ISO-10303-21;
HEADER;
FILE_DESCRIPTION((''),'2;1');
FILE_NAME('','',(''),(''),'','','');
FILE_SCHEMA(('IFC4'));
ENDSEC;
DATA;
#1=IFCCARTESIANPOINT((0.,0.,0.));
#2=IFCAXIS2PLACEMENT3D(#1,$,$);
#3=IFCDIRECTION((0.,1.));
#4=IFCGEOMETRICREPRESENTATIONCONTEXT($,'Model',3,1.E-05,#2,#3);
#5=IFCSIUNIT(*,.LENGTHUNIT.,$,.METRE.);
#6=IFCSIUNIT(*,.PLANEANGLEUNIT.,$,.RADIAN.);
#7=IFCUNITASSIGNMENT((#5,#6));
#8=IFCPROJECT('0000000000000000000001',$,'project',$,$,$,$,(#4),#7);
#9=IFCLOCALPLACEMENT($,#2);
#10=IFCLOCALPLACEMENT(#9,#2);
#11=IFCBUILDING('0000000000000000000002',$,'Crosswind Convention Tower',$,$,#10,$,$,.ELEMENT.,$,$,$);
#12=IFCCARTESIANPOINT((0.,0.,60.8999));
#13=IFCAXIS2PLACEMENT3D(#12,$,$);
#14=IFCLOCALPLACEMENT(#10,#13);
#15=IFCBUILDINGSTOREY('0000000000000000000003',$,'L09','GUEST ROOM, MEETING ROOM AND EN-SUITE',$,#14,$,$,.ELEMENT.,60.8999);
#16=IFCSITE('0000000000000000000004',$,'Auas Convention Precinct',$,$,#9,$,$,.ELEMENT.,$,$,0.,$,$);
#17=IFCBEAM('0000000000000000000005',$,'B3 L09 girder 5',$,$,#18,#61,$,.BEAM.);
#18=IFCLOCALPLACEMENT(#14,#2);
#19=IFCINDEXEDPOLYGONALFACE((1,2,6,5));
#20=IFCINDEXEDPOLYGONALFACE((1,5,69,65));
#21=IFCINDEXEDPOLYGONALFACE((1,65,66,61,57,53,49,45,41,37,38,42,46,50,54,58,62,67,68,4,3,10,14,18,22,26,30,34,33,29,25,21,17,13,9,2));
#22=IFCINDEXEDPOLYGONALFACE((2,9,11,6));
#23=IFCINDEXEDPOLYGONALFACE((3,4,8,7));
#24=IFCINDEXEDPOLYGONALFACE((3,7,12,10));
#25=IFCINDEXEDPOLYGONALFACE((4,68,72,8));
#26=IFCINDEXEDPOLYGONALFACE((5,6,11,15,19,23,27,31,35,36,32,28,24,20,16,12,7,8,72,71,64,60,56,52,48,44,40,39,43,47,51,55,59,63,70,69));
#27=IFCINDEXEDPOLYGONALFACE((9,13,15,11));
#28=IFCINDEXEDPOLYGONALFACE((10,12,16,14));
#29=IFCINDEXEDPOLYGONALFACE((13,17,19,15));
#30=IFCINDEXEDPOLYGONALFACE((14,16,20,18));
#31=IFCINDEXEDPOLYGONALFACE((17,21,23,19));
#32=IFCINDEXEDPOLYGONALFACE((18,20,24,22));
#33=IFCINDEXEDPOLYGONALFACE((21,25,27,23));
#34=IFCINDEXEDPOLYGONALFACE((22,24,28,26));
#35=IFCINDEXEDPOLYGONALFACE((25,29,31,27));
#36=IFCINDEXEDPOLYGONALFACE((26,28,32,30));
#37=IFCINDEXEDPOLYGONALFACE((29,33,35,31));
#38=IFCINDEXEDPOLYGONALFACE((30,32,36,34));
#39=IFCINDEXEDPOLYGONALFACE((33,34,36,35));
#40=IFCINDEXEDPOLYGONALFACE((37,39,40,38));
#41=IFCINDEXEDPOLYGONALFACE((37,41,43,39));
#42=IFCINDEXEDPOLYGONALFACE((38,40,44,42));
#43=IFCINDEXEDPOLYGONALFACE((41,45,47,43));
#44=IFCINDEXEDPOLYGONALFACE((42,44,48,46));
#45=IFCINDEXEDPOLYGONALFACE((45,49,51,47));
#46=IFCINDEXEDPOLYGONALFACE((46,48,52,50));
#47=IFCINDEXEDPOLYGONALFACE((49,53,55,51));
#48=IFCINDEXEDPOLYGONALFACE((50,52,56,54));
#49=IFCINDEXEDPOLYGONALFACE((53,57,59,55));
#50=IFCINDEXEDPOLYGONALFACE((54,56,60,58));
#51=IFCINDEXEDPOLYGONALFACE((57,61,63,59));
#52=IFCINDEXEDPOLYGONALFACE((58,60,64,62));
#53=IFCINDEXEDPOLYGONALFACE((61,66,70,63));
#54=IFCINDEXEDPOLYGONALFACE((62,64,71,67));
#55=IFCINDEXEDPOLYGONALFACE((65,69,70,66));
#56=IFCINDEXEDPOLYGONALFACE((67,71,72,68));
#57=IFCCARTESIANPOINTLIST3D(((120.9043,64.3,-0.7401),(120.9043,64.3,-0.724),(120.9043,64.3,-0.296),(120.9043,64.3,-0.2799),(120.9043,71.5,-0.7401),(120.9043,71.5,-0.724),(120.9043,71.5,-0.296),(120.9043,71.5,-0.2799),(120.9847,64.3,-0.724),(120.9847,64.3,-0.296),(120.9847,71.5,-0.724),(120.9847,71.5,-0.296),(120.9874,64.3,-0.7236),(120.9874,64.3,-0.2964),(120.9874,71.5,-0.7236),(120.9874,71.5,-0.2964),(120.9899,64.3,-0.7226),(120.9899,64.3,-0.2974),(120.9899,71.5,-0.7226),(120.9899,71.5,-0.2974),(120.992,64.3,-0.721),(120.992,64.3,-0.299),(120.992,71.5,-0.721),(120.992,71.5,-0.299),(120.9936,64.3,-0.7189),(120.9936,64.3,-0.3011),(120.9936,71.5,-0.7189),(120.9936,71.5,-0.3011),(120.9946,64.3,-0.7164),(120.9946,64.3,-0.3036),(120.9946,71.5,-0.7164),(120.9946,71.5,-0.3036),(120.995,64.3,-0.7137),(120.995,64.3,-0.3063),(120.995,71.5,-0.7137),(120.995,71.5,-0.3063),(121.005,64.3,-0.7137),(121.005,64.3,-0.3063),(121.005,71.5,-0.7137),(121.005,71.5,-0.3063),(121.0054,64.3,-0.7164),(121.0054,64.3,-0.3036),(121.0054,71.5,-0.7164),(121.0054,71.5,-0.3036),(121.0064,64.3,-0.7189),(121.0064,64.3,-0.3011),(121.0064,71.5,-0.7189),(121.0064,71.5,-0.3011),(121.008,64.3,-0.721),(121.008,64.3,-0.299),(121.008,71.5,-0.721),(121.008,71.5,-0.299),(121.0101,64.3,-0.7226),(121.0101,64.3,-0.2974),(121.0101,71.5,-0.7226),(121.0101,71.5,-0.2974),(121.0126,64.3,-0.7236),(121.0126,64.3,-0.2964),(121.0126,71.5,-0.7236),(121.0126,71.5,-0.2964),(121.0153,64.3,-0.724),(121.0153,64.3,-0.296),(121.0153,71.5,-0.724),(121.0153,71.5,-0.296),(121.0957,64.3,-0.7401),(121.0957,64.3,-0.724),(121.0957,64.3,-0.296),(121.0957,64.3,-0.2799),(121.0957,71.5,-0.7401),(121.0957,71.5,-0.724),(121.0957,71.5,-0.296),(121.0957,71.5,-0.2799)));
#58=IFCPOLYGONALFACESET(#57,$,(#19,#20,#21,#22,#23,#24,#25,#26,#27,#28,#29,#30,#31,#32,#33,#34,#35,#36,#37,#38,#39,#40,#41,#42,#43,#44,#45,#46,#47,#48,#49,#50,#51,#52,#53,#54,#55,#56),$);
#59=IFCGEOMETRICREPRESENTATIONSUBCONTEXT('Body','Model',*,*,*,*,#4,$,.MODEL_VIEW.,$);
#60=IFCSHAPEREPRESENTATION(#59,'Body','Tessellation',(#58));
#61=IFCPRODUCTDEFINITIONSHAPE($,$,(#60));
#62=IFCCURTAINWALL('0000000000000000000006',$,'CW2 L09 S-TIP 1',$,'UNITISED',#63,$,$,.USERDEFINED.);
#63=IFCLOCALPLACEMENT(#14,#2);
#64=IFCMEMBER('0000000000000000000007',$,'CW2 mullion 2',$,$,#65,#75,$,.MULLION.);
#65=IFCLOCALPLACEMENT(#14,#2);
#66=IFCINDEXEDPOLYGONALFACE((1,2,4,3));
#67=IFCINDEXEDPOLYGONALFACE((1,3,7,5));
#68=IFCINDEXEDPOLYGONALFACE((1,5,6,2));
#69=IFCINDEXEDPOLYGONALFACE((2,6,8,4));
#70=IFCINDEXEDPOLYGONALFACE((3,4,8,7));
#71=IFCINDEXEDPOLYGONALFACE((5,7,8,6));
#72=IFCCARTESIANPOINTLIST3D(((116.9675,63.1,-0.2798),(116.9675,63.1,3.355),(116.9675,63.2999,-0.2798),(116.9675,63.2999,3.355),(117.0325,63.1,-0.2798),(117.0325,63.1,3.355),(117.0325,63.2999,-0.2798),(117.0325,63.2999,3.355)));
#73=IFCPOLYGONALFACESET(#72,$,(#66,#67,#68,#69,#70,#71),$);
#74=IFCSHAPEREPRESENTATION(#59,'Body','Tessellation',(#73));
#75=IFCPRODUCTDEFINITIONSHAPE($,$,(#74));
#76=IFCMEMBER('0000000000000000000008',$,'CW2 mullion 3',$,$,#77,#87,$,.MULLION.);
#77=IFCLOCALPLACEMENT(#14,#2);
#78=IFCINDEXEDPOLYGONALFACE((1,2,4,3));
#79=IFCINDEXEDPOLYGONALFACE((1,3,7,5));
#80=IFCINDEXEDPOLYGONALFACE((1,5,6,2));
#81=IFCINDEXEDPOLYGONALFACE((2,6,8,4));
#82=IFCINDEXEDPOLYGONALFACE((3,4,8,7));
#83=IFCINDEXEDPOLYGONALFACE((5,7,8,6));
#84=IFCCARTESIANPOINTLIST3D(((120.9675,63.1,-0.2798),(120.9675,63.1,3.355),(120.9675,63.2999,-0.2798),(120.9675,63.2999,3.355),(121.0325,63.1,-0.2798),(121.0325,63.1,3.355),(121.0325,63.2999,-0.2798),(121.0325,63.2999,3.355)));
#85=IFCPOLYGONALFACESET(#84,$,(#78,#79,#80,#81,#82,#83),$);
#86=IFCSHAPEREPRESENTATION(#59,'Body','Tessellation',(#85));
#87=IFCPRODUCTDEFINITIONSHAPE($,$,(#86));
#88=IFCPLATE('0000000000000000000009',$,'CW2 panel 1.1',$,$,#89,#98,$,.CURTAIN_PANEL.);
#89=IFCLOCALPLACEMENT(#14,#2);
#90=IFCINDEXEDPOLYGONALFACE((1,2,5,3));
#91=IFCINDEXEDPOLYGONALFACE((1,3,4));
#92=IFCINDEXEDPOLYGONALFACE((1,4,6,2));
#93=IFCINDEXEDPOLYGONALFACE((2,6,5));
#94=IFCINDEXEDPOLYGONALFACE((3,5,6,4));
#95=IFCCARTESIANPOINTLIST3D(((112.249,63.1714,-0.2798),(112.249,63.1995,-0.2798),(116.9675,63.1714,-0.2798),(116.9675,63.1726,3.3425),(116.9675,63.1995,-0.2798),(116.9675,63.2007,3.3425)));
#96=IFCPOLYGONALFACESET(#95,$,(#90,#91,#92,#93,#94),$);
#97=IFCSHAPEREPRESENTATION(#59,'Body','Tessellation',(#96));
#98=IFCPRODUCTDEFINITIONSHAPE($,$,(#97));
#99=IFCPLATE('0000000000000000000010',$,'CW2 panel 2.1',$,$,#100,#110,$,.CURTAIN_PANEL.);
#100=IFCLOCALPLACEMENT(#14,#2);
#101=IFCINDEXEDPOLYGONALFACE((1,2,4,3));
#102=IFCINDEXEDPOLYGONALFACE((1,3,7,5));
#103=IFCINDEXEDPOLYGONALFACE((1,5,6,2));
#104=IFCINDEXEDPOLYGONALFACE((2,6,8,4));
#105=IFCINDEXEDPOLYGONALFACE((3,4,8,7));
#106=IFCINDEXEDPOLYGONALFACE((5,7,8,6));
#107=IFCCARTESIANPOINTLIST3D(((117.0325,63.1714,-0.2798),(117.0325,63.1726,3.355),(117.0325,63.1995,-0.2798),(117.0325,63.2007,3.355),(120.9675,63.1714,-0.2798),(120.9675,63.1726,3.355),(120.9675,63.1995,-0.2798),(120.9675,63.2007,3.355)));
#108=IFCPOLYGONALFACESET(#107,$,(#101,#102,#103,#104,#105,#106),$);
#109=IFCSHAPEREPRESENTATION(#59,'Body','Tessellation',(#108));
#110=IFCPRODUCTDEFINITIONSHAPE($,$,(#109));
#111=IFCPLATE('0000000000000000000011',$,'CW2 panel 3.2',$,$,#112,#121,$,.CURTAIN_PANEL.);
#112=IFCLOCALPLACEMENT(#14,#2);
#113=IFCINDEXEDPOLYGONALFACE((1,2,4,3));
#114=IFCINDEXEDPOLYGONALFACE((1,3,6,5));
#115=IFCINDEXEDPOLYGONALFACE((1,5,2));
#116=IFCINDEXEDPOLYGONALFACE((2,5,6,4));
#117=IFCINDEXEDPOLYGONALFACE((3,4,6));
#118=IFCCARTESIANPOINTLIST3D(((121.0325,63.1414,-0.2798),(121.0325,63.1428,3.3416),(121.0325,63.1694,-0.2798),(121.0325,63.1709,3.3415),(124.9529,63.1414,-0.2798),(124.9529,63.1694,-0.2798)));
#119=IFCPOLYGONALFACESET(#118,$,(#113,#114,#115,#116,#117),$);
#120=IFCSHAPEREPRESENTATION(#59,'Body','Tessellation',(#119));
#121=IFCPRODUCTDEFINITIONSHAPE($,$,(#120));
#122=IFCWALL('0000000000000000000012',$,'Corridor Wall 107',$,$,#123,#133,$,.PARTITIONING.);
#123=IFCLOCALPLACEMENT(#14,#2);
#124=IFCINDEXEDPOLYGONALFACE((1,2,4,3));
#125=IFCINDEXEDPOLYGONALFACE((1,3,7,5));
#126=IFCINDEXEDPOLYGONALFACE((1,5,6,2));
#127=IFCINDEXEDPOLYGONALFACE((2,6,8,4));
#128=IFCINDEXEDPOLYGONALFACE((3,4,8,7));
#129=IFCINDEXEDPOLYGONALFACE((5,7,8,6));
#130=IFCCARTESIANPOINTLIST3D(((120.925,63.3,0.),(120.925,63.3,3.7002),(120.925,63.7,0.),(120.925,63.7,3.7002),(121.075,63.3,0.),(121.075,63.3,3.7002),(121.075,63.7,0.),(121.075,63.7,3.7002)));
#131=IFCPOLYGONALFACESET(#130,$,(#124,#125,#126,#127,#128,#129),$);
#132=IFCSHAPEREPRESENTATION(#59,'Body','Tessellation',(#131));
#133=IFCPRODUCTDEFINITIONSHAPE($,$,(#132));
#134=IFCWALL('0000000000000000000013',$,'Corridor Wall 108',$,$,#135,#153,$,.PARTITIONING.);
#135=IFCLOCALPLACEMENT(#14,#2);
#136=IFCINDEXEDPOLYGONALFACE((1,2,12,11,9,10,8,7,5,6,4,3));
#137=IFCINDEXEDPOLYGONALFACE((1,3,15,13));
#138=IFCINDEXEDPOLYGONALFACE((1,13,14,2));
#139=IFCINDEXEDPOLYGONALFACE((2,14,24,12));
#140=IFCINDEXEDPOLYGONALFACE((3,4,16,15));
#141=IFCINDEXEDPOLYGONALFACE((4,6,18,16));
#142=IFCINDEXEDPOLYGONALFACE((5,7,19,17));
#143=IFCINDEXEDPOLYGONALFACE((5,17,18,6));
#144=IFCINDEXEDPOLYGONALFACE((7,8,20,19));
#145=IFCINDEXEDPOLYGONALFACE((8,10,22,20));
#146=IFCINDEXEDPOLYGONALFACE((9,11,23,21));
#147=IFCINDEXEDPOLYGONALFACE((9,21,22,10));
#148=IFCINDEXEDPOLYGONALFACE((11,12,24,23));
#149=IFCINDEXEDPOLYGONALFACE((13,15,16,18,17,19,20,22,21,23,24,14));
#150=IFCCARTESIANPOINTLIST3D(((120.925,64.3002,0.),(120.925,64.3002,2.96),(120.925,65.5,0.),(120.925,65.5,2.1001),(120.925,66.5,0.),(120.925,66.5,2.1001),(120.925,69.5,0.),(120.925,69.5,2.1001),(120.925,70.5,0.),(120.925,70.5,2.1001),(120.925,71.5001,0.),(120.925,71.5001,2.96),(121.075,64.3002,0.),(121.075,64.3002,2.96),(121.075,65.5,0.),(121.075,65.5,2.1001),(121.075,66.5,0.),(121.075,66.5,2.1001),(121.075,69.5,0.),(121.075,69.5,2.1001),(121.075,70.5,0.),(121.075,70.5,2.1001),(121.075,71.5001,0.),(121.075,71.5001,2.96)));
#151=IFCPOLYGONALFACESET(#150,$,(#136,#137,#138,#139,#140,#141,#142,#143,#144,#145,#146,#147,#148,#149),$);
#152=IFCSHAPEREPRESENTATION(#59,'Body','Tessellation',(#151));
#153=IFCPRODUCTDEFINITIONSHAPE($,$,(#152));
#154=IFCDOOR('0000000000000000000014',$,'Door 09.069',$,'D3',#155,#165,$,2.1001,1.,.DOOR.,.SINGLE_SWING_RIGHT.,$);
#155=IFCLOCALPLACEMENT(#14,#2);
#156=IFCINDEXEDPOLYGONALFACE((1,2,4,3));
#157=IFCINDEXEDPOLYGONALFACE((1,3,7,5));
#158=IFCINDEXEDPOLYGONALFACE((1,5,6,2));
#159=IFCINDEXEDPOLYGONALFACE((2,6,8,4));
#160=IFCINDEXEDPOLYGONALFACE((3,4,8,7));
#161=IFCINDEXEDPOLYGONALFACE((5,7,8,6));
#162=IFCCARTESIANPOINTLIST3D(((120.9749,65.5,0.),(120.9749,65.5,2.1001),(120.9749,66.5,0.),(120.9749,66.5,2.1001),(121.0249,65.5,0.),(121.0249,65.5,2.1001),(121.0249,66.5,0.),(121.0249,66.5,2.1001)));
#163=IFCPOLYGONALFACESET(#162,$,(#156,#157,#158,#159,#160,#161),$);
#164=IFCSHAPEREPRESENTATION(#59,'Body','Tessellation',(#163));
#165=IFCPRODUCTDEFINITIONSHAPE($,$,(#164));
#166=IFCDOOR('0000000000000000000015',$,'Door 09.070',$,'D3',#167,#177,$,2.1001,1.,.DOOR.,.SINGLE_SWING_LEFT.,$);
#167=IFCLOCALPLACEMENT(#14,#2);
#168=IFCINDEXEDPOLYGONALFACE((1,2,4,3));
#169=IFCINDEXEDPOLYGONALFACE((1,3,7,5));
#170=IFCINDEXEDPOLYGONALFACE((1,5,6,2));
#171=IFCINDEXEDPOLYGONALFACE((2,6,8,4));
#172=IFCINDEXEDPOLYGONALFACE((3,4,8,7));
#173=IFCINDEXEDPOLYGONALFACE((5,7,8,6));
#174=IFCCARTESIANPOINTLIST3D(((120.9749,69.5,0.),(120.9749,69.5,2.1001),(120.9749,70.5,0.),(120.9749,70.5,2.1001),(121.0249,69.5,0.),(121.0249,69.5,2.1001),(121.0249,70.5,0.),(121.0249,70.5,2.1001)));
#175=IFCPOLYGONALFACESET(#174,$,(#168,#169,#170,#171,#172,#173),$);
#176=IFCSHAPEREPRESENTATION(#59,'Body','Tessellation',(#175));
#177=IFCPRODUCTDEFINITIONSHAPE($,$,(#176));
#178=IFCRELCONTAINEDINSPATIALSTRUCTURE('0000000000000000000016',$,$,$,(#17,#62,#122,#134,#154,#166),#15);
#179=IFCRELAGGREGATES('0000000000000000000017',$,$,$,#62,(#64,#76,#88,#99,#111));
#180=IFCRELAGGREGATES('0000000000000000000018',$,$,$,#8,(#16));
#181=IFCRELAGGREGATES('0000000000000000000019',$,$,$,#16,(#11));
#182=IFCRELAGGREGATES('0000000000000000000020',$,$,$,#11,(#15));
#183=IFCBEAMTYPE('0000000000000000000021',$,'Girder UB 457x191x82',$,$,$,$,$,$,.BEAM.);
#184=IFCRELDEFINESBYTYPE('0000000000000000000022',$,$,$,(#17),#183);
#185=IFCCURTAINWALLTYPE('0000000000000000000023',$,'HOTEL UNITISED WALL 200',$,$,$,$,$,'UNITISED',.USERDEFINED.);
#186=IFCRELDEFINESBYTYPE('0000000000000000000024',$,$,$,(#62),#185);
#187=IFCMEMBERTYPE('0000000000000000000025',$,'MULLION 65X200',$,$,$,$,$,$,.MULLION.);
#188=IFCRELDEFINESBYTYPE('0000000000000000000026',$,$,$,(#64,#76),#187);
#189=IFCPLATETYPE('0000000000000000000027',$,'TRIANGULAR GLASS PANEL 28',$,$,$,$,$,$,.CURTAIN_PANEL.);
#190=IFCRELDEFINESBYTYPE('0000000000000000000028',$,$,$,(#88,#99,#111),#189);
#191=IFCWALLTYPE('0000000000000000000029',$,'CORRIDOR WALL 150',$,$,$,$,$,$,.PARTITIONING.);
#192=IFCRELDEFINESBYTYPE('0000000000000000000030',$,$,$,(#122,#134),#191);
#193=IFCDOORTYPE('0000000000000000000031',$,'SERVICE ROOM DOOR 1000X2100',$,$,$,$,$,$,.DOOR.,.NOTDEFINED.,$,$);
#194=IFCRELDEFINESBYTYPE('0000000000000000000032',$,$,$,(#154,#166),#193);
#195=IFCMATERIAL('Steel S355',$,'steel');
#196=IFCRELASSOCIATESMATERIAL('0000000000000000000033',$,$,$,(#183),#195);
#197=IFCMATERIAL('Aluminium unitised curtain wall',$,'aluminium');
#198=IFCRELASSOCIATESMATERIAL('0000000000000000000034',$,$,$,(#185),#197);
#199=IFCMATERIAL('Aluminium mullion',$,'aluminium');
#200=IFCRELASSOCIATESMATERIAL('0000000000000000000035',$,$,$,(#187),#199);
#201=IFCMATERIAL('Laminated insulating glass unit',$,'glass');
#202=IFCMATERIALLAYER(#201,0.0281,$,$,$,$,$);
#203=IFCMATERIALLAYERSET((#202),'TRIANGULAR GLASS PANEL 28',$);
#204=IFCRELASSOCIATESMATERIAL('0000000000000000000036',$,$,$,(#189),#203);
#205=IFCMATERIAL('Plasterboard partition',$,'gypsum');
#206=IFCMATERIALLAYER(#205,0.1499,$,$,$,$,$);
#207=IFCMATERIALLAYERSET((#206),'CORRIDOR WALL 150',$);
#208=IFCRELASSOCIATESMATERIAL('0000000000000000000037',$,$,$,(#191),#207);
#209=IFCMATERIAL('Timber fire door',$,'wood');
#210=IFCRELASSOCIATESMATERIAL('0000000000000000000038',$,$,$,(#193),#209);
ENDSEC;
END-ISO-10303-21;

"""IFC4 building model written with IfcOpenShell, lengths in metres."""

from ifc_helpers import new_model, si_unit, direction, frame, frame_2d, origin, origin_2d, place, context, subcontext, project, spatial, polyline, rectangle, i_section, outline, extrude, material, layer, layer_set, material_profile, profile_set, type_object, element, fill, aggregate, save


model = new_model("IFC4")

# Units and contexts
model_context = context("Model", 3, precision=1e-05, world=origin(), true_north=direction((0.0, 1.0)))
body_context = subcontext(model_context, "Body", "Model", "MODEL_VIEW")
ifc_project = project(units=[si_unit("LENGTHUNIT", "METRE"), si_unit("PLANEANGLEUNIT", "RADIAN")], contexts=[model_context])

# Site, building, storey
site_placement = place(None, origin())
site = spatial("IfcSite", under=ifc_project, at=site_placement, Name="Auas Convention Precinct", CompositionType="ELEMENT", RefElevation=0.0)
building_placement = place(site_placement, origin())
building = spatial("IfcBuilding", under=site, at=building_placement, Name="Crosswind Convention Tower", CompositionType="ELEMENT")
storey_placement = place(building_placement, frame((0.0, 0.0, 60.8999)))
storey = spatial("IfcBuildingStorey", under=building, at=storey_placement, Name="L09", Description="GUEST ROOM, MEETING ROOM AND EN-SUITE", CompositionType="ELEMENT", Elevation=60.8999)

# Beam
ifc_material_1 = material(Name="Steel S355", Category="steel")
ifc_material_profile_1 = material_profile(ifc_material_1, i_section(OverallWidth=0.1914, OverallDepth=0.4602, WebThickness=0.01, FlangeThickness=0.0161, FilletRadius=0.0103, at=origin_2d()), Name="UB 457x191x82")
ifc_profile_set_1 = profile_set([ifc_material_profile_1], Name="Steel S355")
beam_type_1 = type_object("IfcBeamType", Name="Girder UB 457x191x82", PredefinedType="BEAM", material=ifc_profile_set_1)
beam_1_placement = place(storey_placement, frame((121.0, 64.3, -0.51), z_axis=(0.0, 1.0, 0.0), x_axis=(-1.0, 0.0, 0.0)))
element("IfcBeam", 1, at=beam_1_placement, inside=storey, type_object=beam_type_1, Name="B3 L09 girder 5", PredefinedType="BEAM", context=body_context, shape_type="SweptSolid", body=[
    extrude(i_section(OverallWidth=0.1914, OverallDepth=0.4602, WebThickness=0.01, FlangeThickness=0.0161, FilletRadius=0.0103, at=origin_2d()), origin(), (0.0, 0.0, 1.0), 7.2),
])

# Curtain wall, members, plates
ifc_material_2 = material(Name="Aluminium unitised curtain wall", Category="aluminium")
curtain_wall_type = type_object("IfcCurtainWallType", Name="HOTEL UNITISED WALL 200", ElementType="UNITISED", PredefinedType="USERDEFINED", material=ifc_material_2)
curtain_wall_placement = place(storey_placement, origin())
curtain_wall = element("IfcCurtainWall", 2, at=curtain_wall_placement, inside=storey, type_object=curtain_wall_type, Name="CW2 L09 S-TIP 1", ObjectType="UNITISED", PredefinedType="USERDEFINED")
ifc_material_3 = material(Name="Aluminium mullion", Category="aluminium")
ifc_material_profile_2 = material_profile(ifc_material_3, rectangle(XDim=0.2, YDim=0.0649, at=origin_2d()), Name="AL 200X65")
ifc_profile_set_2 = profile_set([ifc_material_profile_2], Name="Aluminium mullion")
member_type = type_object("IfcMemberType", Name="MULLION 65X200", PredefinedType="MULLION", material=ifc_profile_set_2)
member_1_placement = place(storey_placement, frame((117.0, 63.2, -0.2798), z_axis=(0.0, 0.0, 1.0), x_axis=(0.0, -1.0, 0.0)))
member_1 = element("IfcMember", 3, at=member_1_placement, type_object=member_type, Name="CW2 mullion 2", PredefinedType="MULLION", context=body_context, shape_type="SweptSolid", body=[
    extrude(rectangle(XDim=0.2, YDim=0.0649, at=origin_2d()), origin(), (0.0, 0.0, 1.0), 3.6348),
])
member_2_placement = place(storey_placement, frame((121.0, 63.2, -0.2798), z_axis=(0.0, 0.0, 1.0), x_axis=(0.0, -1.0, 0.0)))
member_2 = element("IfcMember", 4, at=member_2_placement, type_object=member_type, Name="CW2 mullion 3", PredefinedType="MULLION", context=body_context, shape_type="SweptSolid", body=[
    extrude(rectangle(XDim=0.2, YDim=0.0649, at=origin_2d()), origin(), (0.0, 0.0, 1.0), 3.6348),
])
ifc_material_4 = material(Name="Laminated insulating glass unit", Category="glass")
ifc_layer_1 = layer(ifc_material_4, 0.0281)
ifc_layer_set_1 = layer_set([ifc_layer_1], Name="TRIANGULAR GLASS PANEL 28")
plate_type = type_object("IfcPlateType", Name="TRIANGULAR GLASS PANEL 28", PredefinedType="CURTAIN_PANEL", material=ifc_layer_set_1)
plate_1_placement = place(storey_placement, frame((116.9675, 63.1714, -0.2798), z_axis=(0.0, -1.0, 0.000337), x_axis=(0.0, 0.000337, 1.0)))
plate_1 = element("IfcPlate", 5, at=plate_1_placement, type_object=plate_type, Name="CW2 panel 1.1", PredefinedType="CURTAIN_PANEL", context=body_context, shape_type="SweptSolid", body=[
    extrude(outline(polyline([(0.0, 0.0), (3.6223, 0.0), (0.0, 4.7185), (0.0, 0.0)])), origin(), (0.0, 0.0, -1.0), 0.0281),
])
plate_2_placement = place(storey_placement, frame((117.0325, 63.1714, -0.2798), z_axis=(0.0, -1.0, 0.000336), x_axis=(1.0, 0.0, 0.0)))
plate_2 = element("IfcPlate", 6, at=plate_2_placement, type_object=plate_type, Name="CW2 panel 2.1", PredefinedType="CURTAIN_PANEL", context=body_context, shape_type="SweptSolid", body=[
    extrude(outline(polyline([(0.0, 0.0), (3.9351, 0.0), (3.9351, 3.6348), (0.0, 3.6348), (0.0, 0.0)])), origin(), (0.0, 0.0, -1.0), 0.0281),
])
plate_3_placement = place(storey_placement, frame((121.0325, 63.1414, -0.2798), z_axis=(0.0, -1.0, 0.000405), x_axis=(1.0, 0.0, 0.0)))
plate_3 = element("IfcPlate", 7, at=plate_3_placement, type_object=plate_type, Name="CW2 panel 3.2", PredefinedType="CURTAIN_PANEL", context=body_context, shape_type="SweptSolid", body=[
    extrude(outline(polyline([(0.0, 0.0), (3.9204, 0.0), (0.0, 3.6213), (0.0, 0.0)])), origin(), (0.0, 0.0, -1.0), 0.0281),
])
aggregate(curtain_wall, [member_1, member_2, plate_1, plate_2, plate_3])

# Wall
ifc_material_5 = material(Name="Plasterboard partition", Category="gypsum")
ifc_layer_2 = layer(ifc_material_5, 0.1499)
ifc_layer_set_2 = layer_set([ifc_layer_2], Name="CORRIDOR WALL 150")
wall_type_1 = type_object("IfcWallType", Name="CORRIDOR WALL 150", PredefinedType="PARTITIONING", material=ifc_layer_set_2)
wall_1_placement = place(storey_placement, frame((121.0, 63.3, 0.0), z_axis=(0.0, 0.0, 1.0), x_axis=(0.0, 1.0, 0.0)))
element("IfcWall", 8, at=wall_1_placement, inside=storey, type_object=wall_type_1, Name="Corridor Wall 107", PredefinedType="PARTITIONING", context=body_context, shape_type="SweptSolid", body=[
    extrude(rectangle(XDim=0.3999, YDim=0.1499, at=frame_2d((0.2, 0.0))), origin(), (0.0, 0.0, 1.0), 3.7002),
])

# Wall, openings, doors
wall_2_placement = place(storey_placement, frame((121.0, 64.3, 0.0), z_axis=(0.0, 0.0, 1.0), x_axis=(0.0, 1.0, 0.0)))
wall_2 = element("IfcWall", 9, at=wall_2_placement, inside=storey, type_object=wall_type_1, Name="Corridor Wall 108", PredefinedType="PARTITIONING", context=body_context, shape_type="SweptSolid", body=[
    extrude(rectangle(XDim=7.2, YDim=0.1499, at=frame_2d((3.6001, 0.0))), origin(), (0.0, 0.0, 1.0), 2.96),
])
opening_1_placement = place(wall_2_placement, frame((1.2, 0.0, 0.0)))
opening_1 = element("IfcOpeningElement", 10, at=opening_1_placement, cuts=wall_2, PredefinedType="OPENING", context=body_context, shape_type="SweptSolid", body=[
    extrude(rectangle(XDim=1.0, YDim=2.1001, at=frame_2d((0.5, 1.05))), frame((0.0, 0.085, 0.0), z_axis=(0.0, -1.0, 0.0), x_axis=(1.0, 0.0, 0.0)), (0.0, 0.0, 1.0), 0.1699),
])
opening_2_placement = place(wall_2_placement, frame((5.2, 0.0, 0.0)))
opening_2 = element("IfcOpeningElement", 11, at=opening_2_placement, cuts=wall_2, PredefinedType="OPENING", context=body_context, shape_type="SweptSolid", body=[
    extrude(rectangle(XDim=1.0, YDim=2.1001, at=frame_2d((0.5, 1.05))), frame((0.0, 0.085, 0.0), z_axis=(0.0, -1.0, 0.0), x_axis=(1.0, 0.0, 0.0)), (0.0, 0.0, 1.0), 0.1699),
])
ifc_material_6 = material(Name="Timber fire door", Category="wood")
door_type_1 = type_object("IfcDoorType", Name="SERVICE ROOM DOOR 1000X2100", OperationType="NOTDEFINED", PredefinedType="DOOR", material=ifc_material_6)
door_1_placement = place(opening_1_placement, frame((1.0, 0.0, 0.0), z_axis=(0.0, 0.0, 1.0), x_axis=(-1.0, 0.0, 0.0)))
door_1 = element("IfcDoor", 12, at=door_1_placement, inside=storey, type_object=door_type_1, Name="Door 09.069", ObjectType="D3", OperationType="SINGLE_SWING_RIGHT", OverallHeight=2.1001, OverallWidth=1.0, PredefinedType="DOOR", context=body_context, shape_type="SweptSolid", body=[
    extrude(rectangle(XDim=1.0, YDim=2.1001, at=frame_2d((0.5, 1.05))), frame((0.0, 0.0249, 0.0), z_axis=(0.0, -1.0, 0.0), x_axis=(1.0, 0.0, 0.0)), (0.0, 0.0, 1.0), 0.05),
])
fill(opening_1, door_1)
door_2_placement = place(opening_2_placement, frame((1.0, 0.0, 0.0), z_axis=(0.0, 0.0, 1.0), x_axis=(-1.0, 0.0, 0.0)))
door_2 = element("IfcDoor", 13, at=door_2_placement, inside=storey, type_object=door_type_1, Name="Door 09.070", ObjectType="D3", OperationType="SINGLE_SWING_LEFT", OverallHeight=2.1001, OverallWidth=1.0, PredefinedType="DOOR", context=body_context, shape_type="SweptSolid", body=[
    extrude(rectangle(XDim=1.0, YDim=2.1001, at=frame_2d((0.5, 1.05))), frame((0.0, 0.0249, 0.0), z_axis=(0.0, -1.0, 0.0), x_axis=(1.0, 0.0, 0.0)), (0.0, 0.0, 1.0), 0.05),
])
fill(opening_2, door_2)

save(model, "model.ifc")
